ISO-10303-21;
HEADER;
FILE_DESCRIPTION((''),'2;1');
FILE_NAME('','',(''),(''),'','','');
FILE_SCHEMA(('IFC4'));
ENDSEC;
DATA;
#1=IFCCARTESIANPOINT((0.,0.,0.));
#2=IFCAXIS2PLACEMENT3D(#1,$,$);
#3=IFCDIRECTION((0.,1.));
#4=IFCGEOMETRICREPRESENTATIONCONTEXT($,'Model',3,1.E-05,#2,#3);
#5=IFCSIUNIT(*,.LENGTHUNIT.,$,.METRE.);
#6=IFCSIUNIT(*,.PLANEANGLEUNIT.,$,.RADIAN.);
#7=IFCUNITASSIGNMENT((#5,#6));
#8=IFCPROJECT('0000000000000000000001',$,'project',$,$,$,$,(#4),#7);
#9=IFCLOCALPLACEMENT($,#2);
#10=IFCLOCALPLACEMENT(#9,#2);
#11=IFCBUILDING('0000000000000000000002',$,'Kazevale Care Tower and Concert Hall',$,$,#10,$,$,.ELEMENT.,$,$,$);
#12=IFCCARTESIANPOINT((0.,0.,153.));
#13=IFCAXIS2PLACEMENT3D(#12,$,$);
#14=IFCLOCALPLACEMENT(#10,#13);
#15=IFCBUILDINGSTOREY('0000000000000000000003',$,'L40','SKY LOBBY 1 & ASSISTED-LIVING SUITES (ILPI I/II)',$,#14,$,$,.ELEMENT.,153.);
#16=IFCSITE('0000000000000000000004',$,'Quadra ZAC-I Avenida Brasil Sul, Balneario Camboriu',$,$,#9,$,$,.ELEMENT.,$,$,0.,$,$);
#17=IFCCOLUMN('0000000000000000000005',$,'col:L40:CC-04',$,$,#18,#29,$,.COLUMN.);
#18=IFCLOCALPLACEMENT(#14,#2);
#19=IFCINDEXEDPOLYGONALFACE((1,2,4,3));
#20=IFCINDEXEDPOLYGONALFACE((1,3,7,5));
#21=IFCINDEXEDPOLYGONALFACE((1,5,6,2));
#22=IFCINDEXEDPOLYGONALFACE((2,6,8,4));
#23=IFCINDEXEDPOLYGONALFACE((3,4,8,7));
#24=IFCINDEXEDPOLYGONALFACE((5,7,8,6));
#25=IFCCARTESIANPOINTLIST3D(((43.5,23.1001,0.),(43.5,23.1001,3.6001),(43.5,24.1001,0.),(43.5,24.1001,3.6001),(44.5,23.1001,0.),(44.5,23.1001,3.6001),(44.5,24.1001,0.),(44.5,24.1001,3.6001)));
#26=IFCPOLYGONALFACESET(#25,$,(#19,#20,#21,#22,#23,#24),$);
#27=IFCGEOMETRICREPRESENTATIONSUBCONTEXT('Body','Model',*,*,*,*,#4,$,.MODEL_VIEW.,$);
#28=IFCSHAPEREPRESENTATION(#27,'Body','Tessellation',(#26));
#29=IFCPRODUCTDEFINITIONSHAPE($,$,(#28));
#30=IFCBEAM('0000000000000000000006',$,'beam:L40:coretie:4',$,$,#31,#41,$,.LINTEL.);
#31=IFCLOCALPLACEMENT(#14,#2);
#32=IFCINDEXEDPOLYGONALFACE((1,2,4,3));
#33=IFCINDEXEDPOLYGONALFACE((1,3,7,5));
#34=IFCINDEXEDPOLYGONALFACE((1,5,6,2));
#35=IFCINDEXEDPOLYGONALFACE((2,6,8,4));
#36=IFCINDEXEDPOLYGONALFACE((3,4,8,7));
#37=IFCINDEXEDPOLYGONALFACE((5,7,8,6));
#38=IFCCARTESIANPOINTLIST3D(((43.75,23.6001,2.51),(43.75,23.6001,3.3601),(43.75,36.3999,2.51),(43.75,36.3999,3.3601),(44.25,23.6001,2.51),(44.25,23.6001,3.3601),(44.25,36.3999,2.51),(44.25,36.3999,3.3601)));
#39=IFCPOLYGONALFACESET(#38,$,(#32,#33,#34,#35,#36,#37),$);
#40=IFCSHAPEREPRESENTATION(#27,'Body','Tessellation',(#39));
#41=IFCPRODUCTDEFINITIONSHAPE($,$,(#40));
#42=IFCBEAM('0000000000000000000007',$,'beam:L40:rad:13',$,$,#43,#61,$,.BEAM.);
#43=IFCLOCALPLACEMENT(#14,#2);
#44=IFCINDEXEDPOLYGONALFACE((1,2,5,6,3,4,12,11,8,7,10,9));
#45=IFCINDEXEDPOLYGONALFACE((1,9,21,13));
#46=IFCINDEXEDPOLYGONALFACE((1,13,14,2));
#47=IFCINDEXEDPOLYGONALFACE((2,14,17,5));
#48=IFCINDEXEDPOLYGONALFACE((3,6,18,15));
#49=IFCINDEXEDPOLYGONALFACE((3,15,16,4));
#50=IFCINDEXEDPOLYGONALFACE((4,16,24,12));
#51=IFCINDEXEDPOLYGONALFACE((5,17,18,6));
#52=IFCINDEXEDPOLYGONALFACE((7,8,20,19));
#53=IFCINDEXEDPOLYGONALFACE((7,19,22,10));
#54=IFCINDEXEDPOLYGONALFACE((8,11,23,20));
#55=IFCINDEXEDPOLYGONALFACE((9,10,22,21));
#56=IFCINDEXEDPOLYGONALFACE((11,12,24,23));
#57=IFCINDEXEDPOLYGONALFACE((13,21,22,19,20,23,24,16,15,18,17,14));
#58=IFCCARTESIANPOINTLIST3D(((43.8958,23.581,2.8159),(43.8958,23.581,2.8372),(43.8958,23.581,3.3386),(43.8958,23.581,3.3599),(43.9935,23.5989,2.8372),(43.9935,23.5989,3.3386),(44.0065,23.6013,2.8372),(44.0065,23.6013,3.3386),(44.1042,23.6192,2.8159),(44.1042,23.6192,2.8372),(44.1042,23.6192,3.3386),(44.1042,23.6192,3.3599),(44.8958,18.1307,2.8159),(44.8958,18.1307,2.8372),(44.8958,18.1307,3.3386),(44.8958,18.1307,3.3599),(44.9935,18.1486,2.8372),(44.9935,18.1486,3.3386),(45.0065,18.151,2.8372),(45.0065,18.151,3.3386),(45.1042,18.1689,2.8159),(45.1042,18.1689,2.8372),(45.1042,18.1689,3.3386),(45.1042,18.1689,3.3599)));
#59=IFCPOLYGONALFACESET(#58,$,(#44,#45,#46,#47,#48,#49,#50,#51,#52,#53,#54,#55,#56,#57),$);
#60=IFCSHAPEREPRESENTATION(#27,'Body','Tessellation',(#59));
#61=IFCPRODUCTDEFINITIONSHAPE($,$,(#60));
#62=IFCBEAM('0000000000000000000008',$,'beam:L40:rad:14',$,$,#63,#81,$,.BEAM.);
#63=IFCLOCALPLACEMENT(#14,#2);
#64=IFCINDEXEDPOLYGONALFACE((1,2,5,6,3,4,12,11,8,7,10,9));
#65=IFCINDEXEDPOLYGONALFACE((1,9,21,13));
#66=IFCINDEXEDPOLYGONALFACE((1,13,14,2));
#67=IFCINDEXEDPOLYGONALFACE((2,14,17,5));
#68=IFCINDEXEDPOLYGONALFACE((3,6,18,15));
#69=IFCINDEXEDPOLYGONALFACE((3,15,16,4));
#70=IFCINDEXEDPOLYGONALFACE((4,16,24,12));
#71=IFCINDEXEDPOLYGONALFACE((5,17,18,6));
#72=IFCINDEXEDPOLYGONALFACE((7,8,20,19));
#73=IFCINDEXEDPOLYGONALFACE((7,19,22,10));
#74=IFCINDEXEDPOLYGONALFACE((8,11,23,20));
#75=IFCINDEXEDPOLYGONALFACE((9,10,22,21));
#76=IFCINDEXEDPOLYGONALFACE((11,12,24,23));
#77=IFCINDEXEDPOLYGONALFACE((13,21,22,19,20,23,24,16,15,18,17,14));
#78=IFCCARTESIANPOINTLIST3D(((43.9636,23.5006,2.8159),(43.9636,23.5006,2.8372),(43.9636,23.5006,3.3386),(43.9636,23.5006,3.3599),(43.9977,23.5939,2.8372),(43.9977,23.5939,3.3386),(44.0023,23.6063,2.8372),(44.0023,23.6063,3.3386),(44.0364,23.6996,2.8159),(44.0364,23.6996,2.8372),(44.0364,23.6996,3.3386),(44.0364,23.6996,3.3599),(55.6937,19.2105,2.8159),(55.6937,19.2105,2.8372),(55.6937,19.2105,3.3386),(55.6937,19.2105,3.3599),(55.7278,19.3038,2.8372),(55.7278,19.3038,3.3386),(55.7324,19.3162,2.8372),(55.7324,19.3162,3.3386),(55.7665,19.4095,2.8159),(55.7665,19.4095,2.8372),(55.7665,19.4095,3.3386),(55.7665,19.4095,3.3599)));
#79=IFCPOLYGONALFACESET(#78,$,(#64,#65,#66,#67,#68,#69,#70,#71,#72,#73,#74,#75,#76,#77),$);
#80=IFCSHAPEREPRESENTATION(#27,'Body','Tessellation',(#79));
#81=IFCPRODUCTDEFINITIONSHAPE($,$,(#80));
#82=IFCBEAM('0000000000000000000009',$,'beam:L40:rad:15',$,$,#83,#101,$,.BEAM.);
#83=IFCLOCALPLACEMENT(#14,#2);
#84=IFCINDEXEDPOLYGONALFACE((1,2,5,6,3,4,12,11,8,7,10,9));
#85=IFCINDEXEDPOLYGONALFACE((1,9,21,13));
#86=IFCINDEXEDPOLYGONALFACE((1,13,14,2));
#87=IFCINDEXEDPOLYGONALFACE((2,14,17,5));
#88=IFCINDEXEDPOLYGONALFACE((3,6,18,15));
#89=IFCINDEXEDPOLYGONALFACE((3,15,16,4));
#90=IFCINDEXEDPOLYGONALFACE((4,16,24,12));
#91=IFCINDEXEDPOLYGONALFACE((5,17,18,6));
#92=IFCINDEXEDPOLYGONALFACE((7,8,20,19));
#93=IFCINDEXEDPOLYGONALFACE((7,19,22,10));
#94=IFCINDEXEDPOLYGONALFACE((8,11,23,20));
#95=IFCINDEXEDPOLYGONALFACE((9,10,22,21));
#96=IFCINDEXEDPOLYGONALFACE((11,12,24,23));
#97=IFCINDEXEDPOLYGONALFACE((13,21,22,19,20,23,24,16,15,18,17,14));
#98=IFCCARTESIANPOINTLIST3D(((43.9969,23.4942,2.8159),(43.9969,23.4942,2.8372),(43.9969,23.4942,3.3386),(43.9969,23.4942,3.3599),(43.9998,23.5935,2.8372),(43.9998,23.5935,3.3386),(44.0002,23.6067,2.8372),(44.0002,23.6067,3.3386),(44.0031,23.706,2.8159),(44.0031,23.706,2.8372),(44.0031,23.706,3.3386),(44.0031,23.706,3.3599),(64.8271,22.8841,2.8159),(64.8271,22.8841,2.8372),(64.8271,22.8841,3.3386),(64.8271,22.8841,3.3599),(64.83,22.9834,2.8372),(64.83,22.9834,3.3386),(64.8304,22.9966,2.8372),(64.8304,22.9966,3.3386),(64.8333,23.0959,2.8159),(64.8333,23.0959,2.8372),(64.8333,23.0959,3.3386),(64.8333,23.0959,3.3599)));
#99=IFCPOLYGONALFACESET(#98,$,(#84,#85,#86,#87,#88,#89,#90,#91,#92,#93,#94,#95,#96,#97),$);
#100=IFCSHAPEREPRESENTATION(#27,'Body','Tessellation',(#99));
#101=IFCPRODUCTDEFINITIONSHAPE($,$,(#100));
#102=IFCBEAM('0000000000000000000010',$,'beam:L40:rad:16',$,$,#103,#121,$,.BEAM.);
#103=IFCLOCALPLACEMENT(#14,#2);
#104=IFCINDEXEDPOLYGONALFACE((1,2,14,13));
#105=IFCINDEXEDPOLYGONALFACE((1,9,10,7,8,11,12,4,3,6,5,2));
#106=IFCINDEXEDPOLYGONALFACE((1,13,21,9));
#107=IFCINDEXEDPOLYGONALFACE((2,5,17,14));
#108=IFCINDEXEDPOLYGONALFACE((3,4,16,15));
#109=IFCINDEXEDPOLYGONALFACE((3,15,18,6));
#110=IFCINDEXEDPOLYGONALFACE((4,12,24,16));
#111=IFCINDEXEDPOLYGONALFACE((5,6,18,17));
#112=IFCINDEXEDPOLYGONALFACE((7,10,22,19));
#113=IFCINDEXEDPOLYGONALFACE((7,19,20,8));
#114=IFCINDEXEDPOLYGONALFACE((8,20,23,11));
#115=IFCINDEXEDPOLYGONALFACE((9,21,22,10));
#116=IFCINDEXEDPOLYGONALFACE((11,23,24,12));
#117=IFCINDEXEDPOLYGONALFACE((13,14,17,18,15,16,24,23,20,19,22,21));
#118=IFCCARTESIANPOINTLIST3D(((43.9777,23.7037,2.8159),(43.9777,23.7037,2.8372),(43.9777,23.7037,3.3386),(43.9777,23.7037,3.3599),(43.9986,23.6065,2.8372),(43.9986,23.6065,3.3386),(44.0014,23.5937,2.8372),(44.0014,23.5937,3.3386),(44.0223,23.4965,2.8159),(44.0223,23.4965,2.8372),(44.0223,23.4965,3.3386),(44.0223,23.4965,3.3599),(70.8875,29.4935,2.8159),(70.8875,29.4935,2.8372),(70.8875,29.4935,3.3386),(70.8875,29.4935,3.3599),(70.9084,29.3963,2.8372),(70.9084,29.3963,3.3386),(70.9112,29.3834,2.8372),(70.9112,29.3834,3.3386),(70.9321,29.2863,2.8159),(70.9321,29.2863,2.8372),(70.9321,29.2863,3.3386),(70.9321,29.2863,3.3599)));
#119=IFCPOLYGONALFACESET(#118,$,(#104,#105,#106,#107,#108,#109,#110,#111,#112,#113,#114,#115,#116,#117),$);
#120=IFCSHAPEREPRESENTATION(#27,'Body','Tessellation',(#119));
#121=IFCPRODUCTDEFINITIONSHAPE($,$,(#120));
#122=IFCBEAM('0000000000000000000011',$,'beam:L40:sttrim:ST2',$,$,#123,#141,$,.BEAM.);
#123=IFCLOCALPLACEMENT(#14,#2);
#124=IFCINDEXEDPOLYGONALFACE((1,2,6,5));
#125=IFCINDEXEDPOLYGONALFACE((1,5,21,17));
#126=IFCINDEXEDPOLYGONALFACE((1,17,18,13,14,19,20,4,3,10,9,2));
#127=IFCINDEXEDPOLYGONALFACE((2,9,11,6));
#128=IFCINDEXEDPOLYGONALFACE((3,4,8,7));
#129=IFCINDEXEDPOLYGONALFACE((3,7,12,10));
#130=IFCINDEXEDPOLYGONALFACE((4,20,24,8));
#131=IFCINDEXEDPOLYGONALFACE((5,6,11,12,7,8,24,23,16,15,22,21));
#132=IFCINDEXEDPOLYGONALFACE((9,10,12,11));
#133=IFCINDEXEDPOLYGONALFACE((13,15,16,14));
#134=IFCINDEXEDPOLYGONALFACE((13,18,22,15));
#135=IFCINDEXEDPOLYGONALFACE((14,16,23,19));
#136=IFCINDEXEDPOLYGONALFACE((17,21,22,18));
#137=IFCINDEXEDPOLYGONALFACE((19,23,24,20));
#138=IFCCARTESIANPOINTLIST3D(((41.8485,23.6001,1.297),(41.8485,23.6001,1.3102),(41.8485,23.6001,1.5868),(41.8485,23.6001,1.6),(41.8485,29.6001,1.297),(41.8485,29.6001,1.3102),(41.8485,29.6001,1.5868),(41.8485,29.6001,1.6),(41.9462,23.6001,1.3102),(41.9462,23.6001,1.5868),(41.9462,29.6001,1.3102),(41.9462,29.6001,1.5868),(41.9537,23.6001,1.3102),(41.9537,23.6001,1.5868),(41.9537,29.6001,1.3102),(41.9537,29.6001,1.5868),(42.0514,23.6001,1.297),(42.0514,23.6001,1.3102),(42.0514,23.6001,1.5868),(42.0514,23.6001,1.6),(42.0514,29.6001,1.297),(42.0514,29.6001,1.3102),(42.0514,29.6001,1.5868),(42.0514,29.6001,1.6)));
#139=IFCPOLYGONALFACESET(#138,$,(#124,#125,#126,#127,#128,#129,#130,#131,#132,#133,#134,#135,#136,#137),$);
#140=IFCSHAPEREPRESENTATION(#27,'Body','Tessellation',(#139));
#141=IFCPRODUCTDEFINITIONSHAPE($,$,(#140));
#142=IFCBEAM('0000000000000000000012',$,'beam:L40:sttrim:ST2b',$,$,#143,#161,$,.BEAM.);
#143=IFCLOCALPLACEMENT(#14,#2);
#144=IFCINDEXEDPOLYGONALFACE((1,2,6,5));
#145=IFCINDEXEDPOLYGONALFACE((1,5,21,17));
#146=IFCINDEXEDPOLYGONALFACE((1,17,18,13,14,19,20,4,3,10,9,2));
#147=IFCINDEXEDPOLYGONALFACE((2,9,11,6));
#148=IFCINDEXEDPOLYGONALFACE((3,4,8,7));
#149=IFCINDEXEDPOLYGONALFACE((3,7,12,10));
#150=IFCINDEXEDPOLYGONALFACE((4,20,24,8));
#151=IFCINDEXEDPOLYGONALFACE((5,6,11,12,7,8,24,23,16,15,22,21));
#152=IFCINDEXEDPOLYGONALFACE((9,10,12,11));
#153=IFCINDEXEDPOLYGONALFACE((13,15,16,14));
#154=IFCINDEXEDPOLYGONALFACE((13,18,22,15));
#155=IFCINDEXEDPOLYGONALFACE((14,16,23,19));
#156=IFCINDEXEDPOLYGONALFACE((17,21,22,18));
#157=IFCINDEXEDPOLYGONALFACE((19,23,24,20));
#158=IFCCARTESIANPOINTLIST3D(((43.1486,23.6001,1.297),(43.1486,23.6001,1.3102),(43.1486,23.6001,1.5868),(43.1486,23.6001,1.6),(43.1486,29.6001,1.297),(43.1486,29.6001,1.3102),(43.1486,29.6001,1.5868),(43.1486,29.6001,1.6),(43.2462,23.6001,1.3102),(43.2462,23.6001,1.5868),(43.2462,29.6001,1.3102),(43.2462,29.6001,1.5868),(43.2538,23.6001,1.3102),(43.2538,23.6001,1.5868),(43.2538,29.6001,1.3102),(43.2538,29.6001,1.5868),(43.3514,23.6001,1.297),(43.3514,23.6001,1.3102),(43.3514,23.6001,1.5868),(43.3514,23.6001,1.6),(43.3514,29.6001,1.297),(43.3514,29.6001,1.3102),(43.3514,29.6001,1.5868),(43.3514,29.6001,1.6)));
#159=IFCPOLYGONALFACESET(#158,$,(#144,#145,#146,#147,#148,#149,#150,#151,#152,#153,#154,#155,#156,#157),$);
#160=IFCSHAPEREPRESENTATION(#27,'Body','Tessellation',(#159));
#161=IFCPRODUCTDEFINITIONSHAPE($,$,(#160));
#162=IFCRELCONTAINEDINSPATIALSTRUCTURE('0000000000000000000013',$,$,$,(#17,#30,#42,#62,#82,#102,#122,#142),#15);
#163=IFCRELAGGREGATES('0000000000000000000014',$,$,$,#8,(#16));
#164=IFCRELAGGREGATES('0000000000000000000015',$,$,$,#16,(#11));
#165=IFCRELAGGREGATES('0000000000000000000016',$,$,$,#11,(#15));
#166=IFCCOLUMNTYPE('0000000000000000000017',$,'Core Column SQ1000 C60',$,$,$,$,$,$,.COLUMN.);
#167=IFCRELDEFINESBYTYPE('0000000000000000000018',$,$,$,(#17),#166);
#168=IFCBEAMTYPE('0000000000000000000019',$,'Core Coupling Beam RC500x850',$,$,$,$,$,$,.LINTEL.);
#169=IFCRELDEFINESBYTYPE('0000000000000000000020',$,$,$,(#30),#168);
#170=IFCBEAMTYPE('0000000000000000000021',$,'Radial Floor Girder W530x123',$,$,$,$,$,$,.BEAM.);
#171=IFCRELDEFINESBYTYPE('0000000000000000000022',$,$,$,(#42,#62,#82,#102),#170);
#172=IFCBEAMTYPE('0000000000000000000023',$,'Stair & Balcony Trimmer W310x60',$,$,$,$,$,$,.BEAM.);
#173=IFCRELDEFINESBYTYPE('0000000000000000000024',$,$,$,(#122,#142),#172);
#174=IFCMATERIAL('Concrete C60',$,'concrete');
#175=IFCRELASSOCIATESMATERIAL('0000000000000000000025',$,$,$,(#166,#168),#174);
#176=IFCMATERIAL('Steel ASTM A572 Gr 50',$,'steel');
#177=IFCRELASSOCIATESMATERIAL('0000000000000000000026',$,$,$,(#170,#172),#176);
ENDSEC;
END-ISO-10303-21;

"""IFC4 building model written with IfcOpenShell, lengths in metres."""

from ifc_helpers import new_model, si_unit, direction, frame, origin, origin_2d, place, context, subcontext, project, spatial, rectangle, i_section, extrude, material, material_profile, profile_set, type_object, element, save


model = new_model("IFC4")

# Units and contexts
model_context = context("Model", 3, precision=1e-05, world=origin(), true_north=direction((0.0, 1.0)))
body_context = subcontext(model_context, "Body", "Model", "MODEL_VIEW")
ifc_project = project(units=[si_unit("LENGTHUNIT", "METRE"), si_unit("PLANEANGLEUNIT", "RADIAN")], contexts=[model_context])

# Site, building, storey
site_placement = place(None, origin())
site = spatial("IfcSite", under=ifc_project, at=site_placement, Name="Quadra ZAC-I Avenida Brasil Sul, Balneario Camboriu", CompositionType="ELEMENT", RefElevation=0.0)
building_placement = place(site_placement, origin())
building = spatial("IfcBuilding", under=site, at=building_placement, Name="Kazevale Care Tower and Concert Hall", CompositionType="ELEMENT")
storey_placement = place(building_placement, frame((0.0, 0.0, 153.0)))
storey = spatial("IfcBuildingStorey", under=building, at=storey_placement, Name="L40", Description="SKY LOBBY 1 & ASSISTED-LIVING SUITES (ILPI I/II)", CompositionType="ELEMENT", Elevation=153.0)

# Column
ifc_material_1 = material(Name="Concrete C60", Category="concrete")
ifc_material_profile_1 = material_profile(ifc_material_1, rectangle(XDim=1.0, YDim=1.0, at=origin_2d()), Name="RC-SQ1000")
ifc_profile_set_1 = profile_set([ifc_material_profile_1], Name="Concrete C60")
column_type = type_object("IfcColumnType", Name="Core Column SQ1000 C60", PredefinedType="COLUMN", material=ifc_profile_set_1)
column_placement = place(storey_placement, frame((44.0, 23.6001, 0.0), z_axis=(0.0, 0.0, 1.0), x_axis=(1.0, 0.0, 0.0)))
element("IfcColumn", 1, at=column_placement, inside=storey, type_object=column_type, Name="col:L40:CC-04", PredefinedType="COLUMN", context=body_context, shape_type="SweptSolid", body=[
    extrude(rectangle(XDim=1.0, YDim=1.0, at=origin_2d()), origin(), (0.0, 0.0, 1.0), 3.6001),
])

# Beams
ifc_material_profile_2 = material_profile(ifc_material_1, rectangle(XDim=0.5, YDim=0.8501, at=origin_2d()), Name="RC-B500x850")
ifc_profile_set_2 = profile_set([ifc_material_profile_2], Name="Concrete C60")
beam_type_1 = type_object("IfcBeamType", Name="Core Coupling Beam RC500x850", PredefinedType="LINTEL", material=ifc_profile_set_2)
beam_1_placement = place(storey_placement, frame((44.0, 23.6001, 2.9351), z_axis=(0.0, 1.0, 0.0), x_axis=(-1.0, 0.0, 0.0)))
element("IfcBeam", 2, at=beam_1_placement, inside=storey, type_object=beam_type_1, Name="beam:L40:coretie:4", PredefinedType="LINTEL", context=body_context, shape_type="SweptSolid", body=[
    extrude(rectangle(XDim=0.5, YDim=0.8501, at=origin_2d()), origin(), (0.0, 0.0, 1.0), 12.7998),
])
ifc_material_2 = material(Name="Steel ASTM A572 Gr 50", Category="steel")
ifc_material_profile_3 = material_profile(ifc_material_2, i_section(OverallWidth=0.2119, OverallDepth=0.5439, WebThickness=0.0132, FlangeThickness=0.0212, at=origin_2d()), Name="W530x123")
ifc_profile_set_3 = profile_set([ifc_material_profile_3], Name="Steel ASTM A572 Gr 50")
beam_type_2 = type_object("IfcBeamType", Name="Radial Floor Girder W530x123", PredefinedType="BEAM", material=ifc_profile_set_3)
beam_2_placement = place(storey_placement, frame((44.0, 23.6001, 3.0879), z_axis=(0.180467, -0.983581, 0.0), x_axis=(0.983581, 0.180467, 0.0)))
element("IfcBeam", 3, at=beam_2_placement, inside=storey, type_object=beam_type_2, Name="beam:L40:rad:13", PredefinedType="BEAM", context=body_context, shape_type="SweptSolid", body=[
    extrude(i_section(OverallWidth=0.2119, OverallDepth=0.5439, WebThickness=0.0132, FlangeThickness=0.0212, at=origin_2d()), origin(), (0.0, 0.0, 1.0), 5.5413),
])
beam_3_placement = place(storey_placement, frame((44.0, 23.6001, 3.0879), z_axis=(0.939159, -0.343481, 0.0), x_axis=(0.343481, 0.939159, 0.0)))
element("IfcBeam", 4, at=beam_3_placement, inside=storey, type_object=beam_type_2, Name="beam:L40:rad:14", PredefinedType="BEAM", context=body_context, shape_type="SweptSolid", body=[
    extrude(i_section(OverallWidth=0.2119, OverallDepth=0.5439, WebThickness=0.0132, FlangeThickness=0.0212, at=origin_2d()), origin(), (0.0, 0.0, 1.0), 12.49),
])
beam_4_placement = place(storey_placement, frame((44.0, 23.6001, 3.0879), z_axis=(0.999571, -0.029277, 0.0), x_axis=(0.029277, 0.999571, 0.0)))
element("IfcBeam", 5, at=beam_4_placement, inside=storey, type_object=beam_type_2, Name="beam:L40:rad:15", PredefinedType="BEAM", context=body_context, shape_type="SweptSolid", body=[
    extrude(i_section(OverallWidth=0.2119, OverallDepth=0.5439, WebThickness=0.0132, FlangeThickness=0.0212, at=origin_2d()), origin(), (0.0, 0.0, 1.0), 20.8391),
])
beam_5_placement = place(storey_placement, frame((44.0, 23.6001, 3.0879), z_axis=(0.977628, 0.210341, 0.0), x_axis=(-0.210341, 0.977628, 0.0)))
element("IfcBeam", 6, at=beam_5_placement, inside=storey, type_object=beam_type_2, Name="beam:L40:rad:16", PredefinedType="BEAM", context=body_context, shape_type="SweptSolid", body=[
    extrude(i_section(OverallWidth=0.2119, OverallDepth=0.5439, WebThickness=0.0132, FlangeThickness=0.0212, at=origin_2d()), origin(), (0.0, 0.0, 1.0), 27.5256),
])
ifc_material_profile_4 = material_profile(ifc_material_2, i_section(OverallWidth=0.2029, OverallDepth=0.303, WebThickness=0.0076, FlangeThickness=0.0132, at=origin_2d()), Name="W310x60")
ifc_profile_set_4 = profile_set([ifc_material_profile_4], Name="Steel ASTM A572 Gr 50")
beam_type_3 = type_object("IfcBeamType", Name="Stair & Balcony Trimmer W310x60", PredefinedType="BEAM", material=ifc_profile_set_4)
for number, where, z_axis, x_axis, name in (
    (7, (41.95, 23.6001, 1.4485), (0.0, 1.0, 0.0), (-1.0, 0.0, 0.0), "beam:L40:sttrim:ST2"),
    (8, (43.25, 23.6001, 1.4485), (0.0, 1.0, 0.0), (-1.0, 0.0, 0.0), "beam:L40:sttrim:ST2b"),
):
    element("IfcBeam", number, at=place(storey_placement, frame(where, z_axis=z_axis, x_axis=x_axis)), inside=storey, type_object=beam_type_3, Name=name, PredefinedType="BEAM", context=body_context, shape_type="SweptSolid", body=[
        extrude(i_section(OverallWidth=0.2029, OverallDepth=0.303, WebThickness=0.0076, FlangeThickness=0.0132, at=origin_2d()), origin(), (0.0, 0.0, 1.0), 6.0),
    ])

save(model, "model.ifc")
